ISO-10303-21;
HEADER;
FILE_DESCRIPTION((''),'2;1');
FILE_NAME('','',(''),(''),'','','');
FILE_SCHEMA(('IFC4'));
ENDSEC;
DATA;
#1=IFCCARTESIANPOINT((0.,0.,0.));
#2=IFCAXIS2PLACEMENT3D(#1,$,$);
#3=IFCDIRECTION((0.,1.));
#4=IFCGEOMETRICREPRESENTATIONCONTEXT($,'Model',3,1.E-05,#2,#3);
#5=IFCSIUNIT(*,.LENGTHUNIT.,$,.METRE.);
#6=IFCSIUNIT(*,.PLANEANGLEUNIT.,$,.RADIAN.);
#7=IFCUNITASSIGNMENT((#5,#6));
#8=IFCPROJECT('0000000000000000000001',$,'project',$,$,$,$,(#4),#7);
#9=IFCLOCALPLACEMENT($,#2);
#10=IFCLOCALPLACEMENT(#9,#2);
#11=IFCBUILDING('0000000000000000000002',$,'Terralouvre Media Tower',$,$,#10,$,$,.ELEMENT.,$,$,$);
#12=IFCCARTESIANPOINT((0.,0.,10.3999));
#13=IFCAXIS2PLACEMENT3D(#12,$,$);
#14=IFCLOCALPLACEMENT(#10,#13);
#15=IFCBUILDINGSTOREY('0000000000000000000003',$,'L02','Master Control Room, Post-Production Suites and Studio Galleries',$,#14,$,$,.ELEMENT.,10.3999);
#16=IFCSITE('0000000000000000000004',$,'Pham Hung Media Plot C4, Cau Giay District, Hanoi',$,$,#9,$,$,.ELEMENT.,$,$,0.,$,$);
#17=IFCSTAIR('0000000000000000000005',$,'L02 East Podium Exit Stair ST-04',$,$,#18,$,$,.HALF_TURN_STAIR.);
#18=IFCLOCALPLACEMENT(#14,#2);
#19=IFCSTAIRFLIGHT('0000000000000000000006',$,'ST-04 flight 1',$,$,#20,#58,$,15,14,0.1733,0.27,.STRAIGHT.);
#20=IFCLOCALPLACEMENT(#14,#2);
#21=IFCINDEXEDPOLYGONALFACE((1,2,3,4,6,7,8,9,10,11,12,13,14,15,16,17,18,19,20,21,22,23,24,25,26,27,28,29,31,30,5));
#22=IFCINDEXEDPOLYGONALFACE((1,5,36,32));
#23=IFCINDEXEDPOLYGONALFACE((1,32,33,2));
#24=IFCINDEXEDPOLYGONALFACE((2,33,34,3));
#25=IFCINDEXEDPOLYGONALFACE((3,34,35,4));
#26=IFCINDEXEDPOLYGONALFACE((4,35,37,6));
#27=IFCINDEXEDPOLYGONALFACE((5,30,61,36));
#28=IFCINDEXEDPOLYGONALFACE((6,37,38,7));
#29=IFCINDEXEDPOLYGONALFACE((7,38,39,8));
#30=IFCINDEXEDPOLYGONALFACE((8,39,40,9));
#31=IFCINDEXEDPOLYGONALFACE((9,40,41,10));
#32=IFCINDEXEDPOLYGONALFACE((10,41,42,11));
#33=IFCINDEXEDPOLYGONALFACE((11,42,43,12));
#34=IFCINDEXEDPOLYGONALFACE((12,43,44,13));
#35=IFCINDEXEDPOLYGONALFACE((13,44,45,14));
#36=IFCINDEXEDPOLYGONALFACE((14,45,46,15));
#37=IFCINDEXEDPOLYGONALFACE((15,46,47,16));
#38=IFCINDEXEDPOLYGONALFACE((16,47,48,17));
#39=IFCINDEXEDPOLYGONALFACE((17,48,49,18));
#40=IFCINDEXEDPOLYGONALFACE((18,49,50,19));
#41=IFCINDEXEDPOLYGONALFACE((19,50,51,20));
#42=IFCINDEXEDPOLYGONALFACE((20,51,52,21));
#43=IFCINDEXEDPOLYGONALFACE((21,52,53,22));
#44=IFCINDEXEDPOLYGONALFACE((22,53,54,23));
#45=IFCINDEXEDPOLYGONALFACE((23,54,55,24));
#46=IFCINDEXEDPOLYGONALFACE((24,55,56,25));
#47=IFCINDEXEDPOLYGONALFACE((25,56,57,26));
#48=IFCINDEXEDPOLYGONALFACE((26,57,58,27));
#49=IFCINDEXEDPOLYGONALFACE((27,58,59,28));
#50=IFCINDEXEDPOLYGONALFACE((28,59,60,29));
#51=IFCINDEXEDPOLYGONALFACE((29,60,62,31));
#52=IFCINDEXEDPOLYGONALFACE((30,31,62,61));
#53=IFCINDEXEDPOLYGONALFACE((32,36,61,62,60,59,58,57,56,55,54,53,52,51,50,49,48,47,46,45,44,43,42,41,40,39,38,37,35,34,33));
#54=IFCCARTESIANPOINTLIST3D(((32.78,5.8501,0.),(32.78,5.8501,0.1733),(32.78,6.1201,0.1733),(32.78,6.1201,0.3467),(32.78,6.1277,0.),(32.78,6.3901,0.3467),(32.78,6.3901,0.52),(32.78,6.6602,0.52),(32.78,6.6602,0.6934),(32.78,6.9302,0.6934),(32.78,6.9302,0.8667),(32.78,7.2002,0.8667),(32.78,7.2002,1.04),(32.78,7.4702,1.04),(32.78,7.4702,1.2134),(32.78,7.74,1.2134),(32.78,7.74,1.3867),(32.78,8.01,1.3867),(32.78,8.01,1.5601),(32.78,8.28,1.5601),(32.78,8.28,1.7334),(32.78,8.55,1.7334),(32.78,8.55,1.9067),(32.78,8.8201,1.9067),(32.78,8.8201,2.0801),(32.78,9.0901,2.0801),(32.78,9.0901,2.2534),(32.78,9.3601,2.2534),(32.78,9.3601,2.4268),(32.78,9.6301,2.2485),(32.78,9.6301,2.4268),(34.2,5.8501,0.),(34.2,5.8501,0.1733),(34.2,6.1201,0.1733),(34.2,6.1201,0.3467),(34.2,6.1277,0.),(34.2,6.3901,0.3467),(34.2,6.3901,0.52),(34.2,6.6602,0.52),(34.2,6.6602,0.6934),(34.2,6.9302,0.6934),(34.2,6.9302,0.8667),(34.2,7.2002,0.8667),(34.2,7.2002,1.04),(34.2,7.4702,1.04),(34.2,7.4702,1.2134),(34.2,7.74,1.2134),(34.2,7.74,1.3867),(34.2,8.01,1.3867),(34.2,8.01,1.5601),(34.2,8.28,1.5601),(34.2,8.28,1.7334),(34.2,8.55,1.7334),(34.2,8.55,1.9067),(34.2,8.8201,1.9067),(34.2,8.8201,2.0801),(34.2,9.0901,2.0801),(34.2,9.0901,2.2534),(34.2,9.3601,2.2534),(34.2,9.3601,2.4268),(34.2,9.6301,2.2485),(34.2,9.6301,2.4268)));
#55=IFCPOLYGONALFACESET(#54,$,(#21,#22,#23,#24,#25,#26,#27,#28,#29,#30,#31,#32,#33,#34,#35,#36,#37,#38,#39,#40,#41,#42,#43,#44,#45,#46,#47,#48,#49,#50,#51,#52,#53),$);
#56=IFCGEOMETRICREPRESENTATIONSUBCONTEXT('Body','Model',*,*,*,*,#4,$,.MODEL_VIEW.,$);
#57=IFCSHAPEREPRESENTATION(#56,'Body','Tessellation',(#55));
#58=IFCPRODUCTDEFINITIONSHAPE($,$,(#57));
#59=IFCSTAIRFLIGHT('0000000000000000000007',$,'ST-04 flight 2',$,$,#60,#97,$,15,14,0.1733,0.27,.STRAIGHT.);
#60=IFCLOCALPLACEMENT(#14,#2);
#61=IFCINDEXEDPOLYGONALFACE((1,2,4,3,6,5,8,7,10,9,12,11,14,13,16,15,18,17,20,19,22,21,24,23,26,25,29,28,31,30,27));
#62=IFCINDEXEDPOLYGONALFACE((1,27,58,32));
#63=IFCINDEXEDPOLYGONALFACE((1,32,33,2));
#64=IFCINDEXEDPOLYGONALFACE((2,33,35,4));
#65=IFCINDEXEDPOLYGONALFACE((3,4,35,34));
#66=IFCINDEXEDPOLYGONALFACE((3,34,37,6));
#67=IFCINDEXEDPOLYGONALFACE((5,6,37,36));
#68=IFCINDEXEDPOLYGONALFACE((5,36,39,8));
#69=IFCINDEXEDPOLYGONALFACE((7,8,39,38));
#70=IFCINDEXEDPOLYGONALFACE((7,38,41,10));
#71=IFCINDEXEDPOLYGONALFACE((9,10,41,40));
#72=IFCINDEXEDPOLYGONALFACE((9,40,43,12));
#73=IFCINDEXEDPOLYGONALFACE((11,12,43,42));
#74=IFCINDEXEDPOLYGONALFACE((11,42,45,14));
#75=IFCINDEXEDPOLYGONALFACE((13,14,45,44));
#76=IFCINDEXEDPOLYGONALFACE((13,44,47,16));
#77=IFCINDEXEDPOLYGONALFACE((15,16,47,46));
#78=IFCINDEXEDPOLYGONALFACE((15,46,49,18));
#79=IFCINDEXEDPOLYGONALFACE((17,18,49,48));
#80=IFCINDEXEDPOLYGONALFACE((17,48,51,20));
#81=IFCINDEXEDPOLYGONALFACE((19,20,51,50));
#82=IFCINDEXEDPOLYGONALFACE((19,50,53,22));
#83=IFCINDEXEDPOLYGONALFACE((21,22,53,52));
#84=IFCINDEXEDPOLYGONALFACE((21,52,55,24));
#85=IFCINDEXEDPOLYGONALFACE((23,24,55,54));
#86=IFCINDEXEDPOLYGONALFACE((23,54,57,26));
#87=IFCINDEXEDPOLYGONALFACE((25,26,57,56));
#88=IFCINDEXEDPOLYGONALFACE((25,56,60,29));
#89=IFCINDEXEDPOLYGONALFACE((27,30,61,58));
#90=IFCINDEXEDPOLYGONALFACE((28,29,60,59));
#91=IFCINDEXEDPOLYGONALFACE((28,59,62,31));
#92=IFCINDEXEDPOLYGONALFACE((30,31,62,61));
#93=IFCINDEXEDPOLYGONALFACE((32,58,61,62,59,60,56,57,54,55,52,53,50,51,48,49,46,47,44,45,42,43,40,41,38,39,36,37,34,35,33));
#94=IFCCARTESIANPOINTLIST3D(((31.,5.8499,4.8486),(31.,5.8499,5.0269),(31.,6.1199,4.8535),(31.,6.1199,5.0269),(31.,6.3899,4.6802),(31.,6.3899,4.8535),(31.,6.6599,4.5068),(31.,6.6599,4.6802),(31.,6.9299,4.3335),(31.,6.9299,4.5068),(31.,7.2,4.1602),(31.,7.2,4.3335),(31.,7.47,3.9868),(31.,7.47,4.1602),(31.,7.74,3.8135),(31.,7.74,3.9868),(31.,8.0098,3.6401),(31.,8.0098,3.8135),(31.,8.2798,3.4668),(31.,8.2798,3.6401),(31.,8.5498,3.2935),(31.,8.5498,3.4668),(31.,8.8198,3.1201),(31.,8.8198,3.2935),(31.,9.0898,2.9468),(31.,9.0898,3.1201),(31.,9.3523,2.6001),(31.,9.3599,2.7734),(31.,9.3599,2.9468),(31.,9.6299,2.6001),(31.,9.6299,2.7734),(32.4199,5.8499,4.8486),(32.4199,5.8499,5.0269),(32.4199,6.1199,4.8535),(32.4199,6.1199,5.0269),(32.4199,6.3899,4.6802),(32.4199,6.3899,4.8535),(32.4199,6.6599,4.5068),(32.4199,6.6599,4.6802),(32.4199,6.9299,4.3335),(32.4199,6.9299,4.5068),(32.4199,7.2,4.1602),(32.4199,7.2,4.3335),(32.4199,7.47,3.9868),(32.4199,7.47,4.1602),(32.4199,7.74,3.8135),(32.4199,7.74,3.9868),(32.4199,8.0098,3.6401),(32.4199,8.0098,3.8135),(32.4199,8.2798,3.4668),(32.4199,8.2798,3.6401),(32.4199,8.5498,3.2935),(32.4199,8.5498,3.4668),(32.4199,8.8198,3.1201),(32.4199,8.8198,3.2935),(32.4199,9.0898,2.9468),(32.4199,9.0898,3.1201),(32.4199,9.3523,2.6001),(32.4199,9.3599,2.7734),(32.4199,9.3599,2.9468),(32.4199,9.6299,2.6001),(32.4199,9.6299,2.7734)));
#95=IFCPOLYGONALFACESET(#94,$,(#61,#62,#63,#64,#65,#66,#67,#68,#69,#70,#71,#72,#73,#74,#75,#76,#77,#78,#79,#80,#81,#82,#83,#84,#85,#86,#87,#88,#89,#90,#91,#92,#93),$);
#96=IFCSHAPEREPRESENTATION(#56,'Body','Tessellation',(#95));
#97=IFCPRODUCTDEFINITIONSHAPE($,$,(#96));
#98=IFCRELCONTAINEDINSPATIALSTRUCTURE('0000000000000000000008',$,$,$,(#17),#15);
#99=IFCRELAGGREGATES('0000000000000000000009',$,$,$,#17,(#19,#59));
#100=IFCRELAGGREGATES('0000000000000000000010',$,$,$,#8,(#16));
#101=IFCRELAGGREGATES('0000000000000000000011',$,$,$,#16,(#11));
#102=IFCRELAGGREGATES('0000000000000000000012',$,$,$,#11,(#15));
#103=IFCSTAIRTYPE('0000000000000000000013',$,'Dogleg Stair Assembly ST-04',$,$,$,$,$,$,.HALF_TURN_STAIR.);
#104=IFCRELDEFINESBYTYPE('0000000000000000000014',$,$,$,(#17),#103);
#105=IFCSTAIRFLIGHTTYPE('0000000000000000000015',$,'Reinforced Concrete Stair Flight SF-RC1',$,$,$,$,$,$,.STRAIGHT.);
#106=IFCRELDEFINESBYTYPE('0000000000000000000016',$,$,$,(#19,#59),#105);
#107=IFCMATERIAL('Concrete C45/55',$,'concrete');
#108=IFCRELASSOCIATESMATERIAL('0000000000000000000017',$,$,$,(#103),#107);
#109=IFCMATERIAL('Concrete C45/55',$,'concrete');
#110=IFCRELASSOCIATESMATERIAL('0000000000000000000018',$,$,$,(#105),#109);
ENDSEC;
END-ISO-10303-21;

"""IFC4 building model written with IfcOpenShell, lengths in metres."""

from ifc_helpers import new_model, si_unit, direction, frame, origin, place, context, subcontext, project, spatial, polyline, outline, extrude, material, type_object, element, aggregate, save


model = new_model("IFC4")

# Units and contexts
model_context = context("Model", 3, precision=1e-05, world=origin(), true_north=direction((0.0, 1.0)))
body_context = subcontext(model_context, "Body", "Model", "MODEL_VIEW")
ifc_project = project(units=[si_unit("LENGTHUNIT", "METRE"), si_unit("PLANEANGLEUNIT", "RADIAN")], contexts=[model_context])

# Site, building, storey
site_placement = place(None, origin())
site = spatial("IfcSite", under=ifc_project, at=site_placement, Name="Pham Hung Media Plot C4, Cau Giay District, Hanoi", CompositionType="ELEMENT", RefElevation=0.0)
building_placement = place(site_placement, origin())
building = spatial("IfcBuilding", under=site, at=building_placement, Name="Terralouvre Media Tower", CompositionType="ELEMENT")
storey_placement = place(building_placement, frame((0.0, 0.0, 10.3999)))
storey = spatial("IfcBuildingStorey", under=building, at=storey_placement, Name="L02", Description="Master Control Room, Post-Production Suites and Studio Galleries", CompositionType="ELEMENT", Elevation=10.3999)

# Stair, stair flights
ifc_material_1 = material(Name="Concrete C45/55", Category="concrete")
stair_type = type_object("IfcStairType", Name="Dogleg Stair Assembly ST-04", PredefinedType="HALF_TURN_STAIR", material=ifc_material_1)
stair_placement = place(storey_placement, origin())
stair = element("IfcStair", 1, at=stair_placement, inside=storey, type_object=stair_type, Name="L02 East Podium Exit Stair ST-04", PredefinedType="HALF_TURN_STAIR")
ifc_material_2 = material(Name="Concrete C45/55", Category="concrete")
stair_flight_type = type_object("IfcStairFlightType", Name="Reinforced Concrete Stair Flight SF-RC1", PredefinedType="STRAIGHT", material=ifc_material_2)
stair_flight_1_placement = place(storey_placement, frame((33.49, 5.8501, 0.0), z_axis=(0.0, 0.0, 1.0), x_axis=(0.0, 1.0, 0.0)))
stair_flight_1 = element("IfcStairFlight", 2, at=stair_flight_1_placement, type_object=stair_flight_type, Name="ST-04 flight 1", NumberOfRisers=15, NumberOfTreads=14, PredefinedType="STRAIGHT", RiserHeight=0.1733, TreadLength=0.27, context=body_context, shape_type="SweptSolid", body=[
    extrude(outline(polyline([(0.0, 0.0), (0.0, 0.1733), (0.27, 0.1733), (0.27, 0.3467), (0.54, 0.3467), (0.54, 0.52), (0.8101, 0.52), (0.8101, 0.6934), (1.0801, 0.6934), (1.0801, 0.8667), (1.3501, 0.8667), (1.3501, 1.04), (1.6201, 1.04), (1.6201, 1.2134), (1.8899, 1.2134), (1.8899, 1.3867), (2.1599, 1.3867), (2.1599, 1.5601), (2.4299, 1.5601), (2.4299, 1.7334), (2.7, 1.7334), (2.7, 1.9067), (2.97, 1.9067), (2.97, 2.0801), (3.24, 2.0801), (3.24, 2.2534), (3.51, 2.2534), (3.51, 2.4268), (3.78, 2.4268), (3.78, 2.6001), (3.78, 2.2485), (0.2776, 0.0), (0.0, 0.0)])), frame((0.0, 0.71, 0.0), z_axis=(0.0, -1.0, 0.0), x_axis=(1.0, 0.0, 0.0)), (0.0, 0.0, 1.0), 1.4199),
])
stair_flight_2_placement = place(storey_placement, frame((31.71, 9.6299, 2.6001), z_axis=(0.0, 0.0, 1.0), x_axis=(0.0, -1.0, 0.0)))
stair_flight_2 = element("IfcStairFlight", 3, at=stair_flight_2_placement, type_object=stair_flight_type, Name="ST-04 flight 2", NumberOfRisers=15, NumberOfTreads=14, PredefinedType="STRAIGHT", RiserHeight=0.1733, TreadLength=0.27, context=body_context, shape_type="SweptSolid", body=[
    extrude(outline(polyline([(0.0, 0.0), (0.0, 0.1733), (0.27, 0.1733), (0.27, 0.3467), (0.54, 0.3467), (0.54, 0.52), (0.8101, 0.52), (0.8101, 0.6934), (1.0801, 0.6934), (1.0801, 0.8667), (1.3501, 0.8667), (1.3501, 1.04), (1.6201, 1.04), (1.6201, 1.2134), (1.8899, 1.2134), (1.8899, 1.3867), (2.1599, 1.3867), (2.1599, 1.5601), (2.4299, 1.5601), (2.4299, 1.7334), (2.7, 1.7334), (2.7, 1.9067), (2.97, 1.9067), (2.97, 2.0801), (3.24, 2.0801), (3.24, 2.2534), (3.51, 2.2534), (3.51, 2.4268), (3.78, 2.4268), (3.78, 2.6001), (3.78, 2.2485), (0.2776, 0.0), (0.0, 0.0)])), frame((0.0, 0.71, 0.0), z_axis=(0.0, -1.0, 0.0), x_axis=(1.0, 0.0, 0.0)), (0.0, 0.0, 1.0), 1.4199),
])
aggregate(stair, [stair_flight_1, stair_flight_2])

save(model, "model.ifc")
